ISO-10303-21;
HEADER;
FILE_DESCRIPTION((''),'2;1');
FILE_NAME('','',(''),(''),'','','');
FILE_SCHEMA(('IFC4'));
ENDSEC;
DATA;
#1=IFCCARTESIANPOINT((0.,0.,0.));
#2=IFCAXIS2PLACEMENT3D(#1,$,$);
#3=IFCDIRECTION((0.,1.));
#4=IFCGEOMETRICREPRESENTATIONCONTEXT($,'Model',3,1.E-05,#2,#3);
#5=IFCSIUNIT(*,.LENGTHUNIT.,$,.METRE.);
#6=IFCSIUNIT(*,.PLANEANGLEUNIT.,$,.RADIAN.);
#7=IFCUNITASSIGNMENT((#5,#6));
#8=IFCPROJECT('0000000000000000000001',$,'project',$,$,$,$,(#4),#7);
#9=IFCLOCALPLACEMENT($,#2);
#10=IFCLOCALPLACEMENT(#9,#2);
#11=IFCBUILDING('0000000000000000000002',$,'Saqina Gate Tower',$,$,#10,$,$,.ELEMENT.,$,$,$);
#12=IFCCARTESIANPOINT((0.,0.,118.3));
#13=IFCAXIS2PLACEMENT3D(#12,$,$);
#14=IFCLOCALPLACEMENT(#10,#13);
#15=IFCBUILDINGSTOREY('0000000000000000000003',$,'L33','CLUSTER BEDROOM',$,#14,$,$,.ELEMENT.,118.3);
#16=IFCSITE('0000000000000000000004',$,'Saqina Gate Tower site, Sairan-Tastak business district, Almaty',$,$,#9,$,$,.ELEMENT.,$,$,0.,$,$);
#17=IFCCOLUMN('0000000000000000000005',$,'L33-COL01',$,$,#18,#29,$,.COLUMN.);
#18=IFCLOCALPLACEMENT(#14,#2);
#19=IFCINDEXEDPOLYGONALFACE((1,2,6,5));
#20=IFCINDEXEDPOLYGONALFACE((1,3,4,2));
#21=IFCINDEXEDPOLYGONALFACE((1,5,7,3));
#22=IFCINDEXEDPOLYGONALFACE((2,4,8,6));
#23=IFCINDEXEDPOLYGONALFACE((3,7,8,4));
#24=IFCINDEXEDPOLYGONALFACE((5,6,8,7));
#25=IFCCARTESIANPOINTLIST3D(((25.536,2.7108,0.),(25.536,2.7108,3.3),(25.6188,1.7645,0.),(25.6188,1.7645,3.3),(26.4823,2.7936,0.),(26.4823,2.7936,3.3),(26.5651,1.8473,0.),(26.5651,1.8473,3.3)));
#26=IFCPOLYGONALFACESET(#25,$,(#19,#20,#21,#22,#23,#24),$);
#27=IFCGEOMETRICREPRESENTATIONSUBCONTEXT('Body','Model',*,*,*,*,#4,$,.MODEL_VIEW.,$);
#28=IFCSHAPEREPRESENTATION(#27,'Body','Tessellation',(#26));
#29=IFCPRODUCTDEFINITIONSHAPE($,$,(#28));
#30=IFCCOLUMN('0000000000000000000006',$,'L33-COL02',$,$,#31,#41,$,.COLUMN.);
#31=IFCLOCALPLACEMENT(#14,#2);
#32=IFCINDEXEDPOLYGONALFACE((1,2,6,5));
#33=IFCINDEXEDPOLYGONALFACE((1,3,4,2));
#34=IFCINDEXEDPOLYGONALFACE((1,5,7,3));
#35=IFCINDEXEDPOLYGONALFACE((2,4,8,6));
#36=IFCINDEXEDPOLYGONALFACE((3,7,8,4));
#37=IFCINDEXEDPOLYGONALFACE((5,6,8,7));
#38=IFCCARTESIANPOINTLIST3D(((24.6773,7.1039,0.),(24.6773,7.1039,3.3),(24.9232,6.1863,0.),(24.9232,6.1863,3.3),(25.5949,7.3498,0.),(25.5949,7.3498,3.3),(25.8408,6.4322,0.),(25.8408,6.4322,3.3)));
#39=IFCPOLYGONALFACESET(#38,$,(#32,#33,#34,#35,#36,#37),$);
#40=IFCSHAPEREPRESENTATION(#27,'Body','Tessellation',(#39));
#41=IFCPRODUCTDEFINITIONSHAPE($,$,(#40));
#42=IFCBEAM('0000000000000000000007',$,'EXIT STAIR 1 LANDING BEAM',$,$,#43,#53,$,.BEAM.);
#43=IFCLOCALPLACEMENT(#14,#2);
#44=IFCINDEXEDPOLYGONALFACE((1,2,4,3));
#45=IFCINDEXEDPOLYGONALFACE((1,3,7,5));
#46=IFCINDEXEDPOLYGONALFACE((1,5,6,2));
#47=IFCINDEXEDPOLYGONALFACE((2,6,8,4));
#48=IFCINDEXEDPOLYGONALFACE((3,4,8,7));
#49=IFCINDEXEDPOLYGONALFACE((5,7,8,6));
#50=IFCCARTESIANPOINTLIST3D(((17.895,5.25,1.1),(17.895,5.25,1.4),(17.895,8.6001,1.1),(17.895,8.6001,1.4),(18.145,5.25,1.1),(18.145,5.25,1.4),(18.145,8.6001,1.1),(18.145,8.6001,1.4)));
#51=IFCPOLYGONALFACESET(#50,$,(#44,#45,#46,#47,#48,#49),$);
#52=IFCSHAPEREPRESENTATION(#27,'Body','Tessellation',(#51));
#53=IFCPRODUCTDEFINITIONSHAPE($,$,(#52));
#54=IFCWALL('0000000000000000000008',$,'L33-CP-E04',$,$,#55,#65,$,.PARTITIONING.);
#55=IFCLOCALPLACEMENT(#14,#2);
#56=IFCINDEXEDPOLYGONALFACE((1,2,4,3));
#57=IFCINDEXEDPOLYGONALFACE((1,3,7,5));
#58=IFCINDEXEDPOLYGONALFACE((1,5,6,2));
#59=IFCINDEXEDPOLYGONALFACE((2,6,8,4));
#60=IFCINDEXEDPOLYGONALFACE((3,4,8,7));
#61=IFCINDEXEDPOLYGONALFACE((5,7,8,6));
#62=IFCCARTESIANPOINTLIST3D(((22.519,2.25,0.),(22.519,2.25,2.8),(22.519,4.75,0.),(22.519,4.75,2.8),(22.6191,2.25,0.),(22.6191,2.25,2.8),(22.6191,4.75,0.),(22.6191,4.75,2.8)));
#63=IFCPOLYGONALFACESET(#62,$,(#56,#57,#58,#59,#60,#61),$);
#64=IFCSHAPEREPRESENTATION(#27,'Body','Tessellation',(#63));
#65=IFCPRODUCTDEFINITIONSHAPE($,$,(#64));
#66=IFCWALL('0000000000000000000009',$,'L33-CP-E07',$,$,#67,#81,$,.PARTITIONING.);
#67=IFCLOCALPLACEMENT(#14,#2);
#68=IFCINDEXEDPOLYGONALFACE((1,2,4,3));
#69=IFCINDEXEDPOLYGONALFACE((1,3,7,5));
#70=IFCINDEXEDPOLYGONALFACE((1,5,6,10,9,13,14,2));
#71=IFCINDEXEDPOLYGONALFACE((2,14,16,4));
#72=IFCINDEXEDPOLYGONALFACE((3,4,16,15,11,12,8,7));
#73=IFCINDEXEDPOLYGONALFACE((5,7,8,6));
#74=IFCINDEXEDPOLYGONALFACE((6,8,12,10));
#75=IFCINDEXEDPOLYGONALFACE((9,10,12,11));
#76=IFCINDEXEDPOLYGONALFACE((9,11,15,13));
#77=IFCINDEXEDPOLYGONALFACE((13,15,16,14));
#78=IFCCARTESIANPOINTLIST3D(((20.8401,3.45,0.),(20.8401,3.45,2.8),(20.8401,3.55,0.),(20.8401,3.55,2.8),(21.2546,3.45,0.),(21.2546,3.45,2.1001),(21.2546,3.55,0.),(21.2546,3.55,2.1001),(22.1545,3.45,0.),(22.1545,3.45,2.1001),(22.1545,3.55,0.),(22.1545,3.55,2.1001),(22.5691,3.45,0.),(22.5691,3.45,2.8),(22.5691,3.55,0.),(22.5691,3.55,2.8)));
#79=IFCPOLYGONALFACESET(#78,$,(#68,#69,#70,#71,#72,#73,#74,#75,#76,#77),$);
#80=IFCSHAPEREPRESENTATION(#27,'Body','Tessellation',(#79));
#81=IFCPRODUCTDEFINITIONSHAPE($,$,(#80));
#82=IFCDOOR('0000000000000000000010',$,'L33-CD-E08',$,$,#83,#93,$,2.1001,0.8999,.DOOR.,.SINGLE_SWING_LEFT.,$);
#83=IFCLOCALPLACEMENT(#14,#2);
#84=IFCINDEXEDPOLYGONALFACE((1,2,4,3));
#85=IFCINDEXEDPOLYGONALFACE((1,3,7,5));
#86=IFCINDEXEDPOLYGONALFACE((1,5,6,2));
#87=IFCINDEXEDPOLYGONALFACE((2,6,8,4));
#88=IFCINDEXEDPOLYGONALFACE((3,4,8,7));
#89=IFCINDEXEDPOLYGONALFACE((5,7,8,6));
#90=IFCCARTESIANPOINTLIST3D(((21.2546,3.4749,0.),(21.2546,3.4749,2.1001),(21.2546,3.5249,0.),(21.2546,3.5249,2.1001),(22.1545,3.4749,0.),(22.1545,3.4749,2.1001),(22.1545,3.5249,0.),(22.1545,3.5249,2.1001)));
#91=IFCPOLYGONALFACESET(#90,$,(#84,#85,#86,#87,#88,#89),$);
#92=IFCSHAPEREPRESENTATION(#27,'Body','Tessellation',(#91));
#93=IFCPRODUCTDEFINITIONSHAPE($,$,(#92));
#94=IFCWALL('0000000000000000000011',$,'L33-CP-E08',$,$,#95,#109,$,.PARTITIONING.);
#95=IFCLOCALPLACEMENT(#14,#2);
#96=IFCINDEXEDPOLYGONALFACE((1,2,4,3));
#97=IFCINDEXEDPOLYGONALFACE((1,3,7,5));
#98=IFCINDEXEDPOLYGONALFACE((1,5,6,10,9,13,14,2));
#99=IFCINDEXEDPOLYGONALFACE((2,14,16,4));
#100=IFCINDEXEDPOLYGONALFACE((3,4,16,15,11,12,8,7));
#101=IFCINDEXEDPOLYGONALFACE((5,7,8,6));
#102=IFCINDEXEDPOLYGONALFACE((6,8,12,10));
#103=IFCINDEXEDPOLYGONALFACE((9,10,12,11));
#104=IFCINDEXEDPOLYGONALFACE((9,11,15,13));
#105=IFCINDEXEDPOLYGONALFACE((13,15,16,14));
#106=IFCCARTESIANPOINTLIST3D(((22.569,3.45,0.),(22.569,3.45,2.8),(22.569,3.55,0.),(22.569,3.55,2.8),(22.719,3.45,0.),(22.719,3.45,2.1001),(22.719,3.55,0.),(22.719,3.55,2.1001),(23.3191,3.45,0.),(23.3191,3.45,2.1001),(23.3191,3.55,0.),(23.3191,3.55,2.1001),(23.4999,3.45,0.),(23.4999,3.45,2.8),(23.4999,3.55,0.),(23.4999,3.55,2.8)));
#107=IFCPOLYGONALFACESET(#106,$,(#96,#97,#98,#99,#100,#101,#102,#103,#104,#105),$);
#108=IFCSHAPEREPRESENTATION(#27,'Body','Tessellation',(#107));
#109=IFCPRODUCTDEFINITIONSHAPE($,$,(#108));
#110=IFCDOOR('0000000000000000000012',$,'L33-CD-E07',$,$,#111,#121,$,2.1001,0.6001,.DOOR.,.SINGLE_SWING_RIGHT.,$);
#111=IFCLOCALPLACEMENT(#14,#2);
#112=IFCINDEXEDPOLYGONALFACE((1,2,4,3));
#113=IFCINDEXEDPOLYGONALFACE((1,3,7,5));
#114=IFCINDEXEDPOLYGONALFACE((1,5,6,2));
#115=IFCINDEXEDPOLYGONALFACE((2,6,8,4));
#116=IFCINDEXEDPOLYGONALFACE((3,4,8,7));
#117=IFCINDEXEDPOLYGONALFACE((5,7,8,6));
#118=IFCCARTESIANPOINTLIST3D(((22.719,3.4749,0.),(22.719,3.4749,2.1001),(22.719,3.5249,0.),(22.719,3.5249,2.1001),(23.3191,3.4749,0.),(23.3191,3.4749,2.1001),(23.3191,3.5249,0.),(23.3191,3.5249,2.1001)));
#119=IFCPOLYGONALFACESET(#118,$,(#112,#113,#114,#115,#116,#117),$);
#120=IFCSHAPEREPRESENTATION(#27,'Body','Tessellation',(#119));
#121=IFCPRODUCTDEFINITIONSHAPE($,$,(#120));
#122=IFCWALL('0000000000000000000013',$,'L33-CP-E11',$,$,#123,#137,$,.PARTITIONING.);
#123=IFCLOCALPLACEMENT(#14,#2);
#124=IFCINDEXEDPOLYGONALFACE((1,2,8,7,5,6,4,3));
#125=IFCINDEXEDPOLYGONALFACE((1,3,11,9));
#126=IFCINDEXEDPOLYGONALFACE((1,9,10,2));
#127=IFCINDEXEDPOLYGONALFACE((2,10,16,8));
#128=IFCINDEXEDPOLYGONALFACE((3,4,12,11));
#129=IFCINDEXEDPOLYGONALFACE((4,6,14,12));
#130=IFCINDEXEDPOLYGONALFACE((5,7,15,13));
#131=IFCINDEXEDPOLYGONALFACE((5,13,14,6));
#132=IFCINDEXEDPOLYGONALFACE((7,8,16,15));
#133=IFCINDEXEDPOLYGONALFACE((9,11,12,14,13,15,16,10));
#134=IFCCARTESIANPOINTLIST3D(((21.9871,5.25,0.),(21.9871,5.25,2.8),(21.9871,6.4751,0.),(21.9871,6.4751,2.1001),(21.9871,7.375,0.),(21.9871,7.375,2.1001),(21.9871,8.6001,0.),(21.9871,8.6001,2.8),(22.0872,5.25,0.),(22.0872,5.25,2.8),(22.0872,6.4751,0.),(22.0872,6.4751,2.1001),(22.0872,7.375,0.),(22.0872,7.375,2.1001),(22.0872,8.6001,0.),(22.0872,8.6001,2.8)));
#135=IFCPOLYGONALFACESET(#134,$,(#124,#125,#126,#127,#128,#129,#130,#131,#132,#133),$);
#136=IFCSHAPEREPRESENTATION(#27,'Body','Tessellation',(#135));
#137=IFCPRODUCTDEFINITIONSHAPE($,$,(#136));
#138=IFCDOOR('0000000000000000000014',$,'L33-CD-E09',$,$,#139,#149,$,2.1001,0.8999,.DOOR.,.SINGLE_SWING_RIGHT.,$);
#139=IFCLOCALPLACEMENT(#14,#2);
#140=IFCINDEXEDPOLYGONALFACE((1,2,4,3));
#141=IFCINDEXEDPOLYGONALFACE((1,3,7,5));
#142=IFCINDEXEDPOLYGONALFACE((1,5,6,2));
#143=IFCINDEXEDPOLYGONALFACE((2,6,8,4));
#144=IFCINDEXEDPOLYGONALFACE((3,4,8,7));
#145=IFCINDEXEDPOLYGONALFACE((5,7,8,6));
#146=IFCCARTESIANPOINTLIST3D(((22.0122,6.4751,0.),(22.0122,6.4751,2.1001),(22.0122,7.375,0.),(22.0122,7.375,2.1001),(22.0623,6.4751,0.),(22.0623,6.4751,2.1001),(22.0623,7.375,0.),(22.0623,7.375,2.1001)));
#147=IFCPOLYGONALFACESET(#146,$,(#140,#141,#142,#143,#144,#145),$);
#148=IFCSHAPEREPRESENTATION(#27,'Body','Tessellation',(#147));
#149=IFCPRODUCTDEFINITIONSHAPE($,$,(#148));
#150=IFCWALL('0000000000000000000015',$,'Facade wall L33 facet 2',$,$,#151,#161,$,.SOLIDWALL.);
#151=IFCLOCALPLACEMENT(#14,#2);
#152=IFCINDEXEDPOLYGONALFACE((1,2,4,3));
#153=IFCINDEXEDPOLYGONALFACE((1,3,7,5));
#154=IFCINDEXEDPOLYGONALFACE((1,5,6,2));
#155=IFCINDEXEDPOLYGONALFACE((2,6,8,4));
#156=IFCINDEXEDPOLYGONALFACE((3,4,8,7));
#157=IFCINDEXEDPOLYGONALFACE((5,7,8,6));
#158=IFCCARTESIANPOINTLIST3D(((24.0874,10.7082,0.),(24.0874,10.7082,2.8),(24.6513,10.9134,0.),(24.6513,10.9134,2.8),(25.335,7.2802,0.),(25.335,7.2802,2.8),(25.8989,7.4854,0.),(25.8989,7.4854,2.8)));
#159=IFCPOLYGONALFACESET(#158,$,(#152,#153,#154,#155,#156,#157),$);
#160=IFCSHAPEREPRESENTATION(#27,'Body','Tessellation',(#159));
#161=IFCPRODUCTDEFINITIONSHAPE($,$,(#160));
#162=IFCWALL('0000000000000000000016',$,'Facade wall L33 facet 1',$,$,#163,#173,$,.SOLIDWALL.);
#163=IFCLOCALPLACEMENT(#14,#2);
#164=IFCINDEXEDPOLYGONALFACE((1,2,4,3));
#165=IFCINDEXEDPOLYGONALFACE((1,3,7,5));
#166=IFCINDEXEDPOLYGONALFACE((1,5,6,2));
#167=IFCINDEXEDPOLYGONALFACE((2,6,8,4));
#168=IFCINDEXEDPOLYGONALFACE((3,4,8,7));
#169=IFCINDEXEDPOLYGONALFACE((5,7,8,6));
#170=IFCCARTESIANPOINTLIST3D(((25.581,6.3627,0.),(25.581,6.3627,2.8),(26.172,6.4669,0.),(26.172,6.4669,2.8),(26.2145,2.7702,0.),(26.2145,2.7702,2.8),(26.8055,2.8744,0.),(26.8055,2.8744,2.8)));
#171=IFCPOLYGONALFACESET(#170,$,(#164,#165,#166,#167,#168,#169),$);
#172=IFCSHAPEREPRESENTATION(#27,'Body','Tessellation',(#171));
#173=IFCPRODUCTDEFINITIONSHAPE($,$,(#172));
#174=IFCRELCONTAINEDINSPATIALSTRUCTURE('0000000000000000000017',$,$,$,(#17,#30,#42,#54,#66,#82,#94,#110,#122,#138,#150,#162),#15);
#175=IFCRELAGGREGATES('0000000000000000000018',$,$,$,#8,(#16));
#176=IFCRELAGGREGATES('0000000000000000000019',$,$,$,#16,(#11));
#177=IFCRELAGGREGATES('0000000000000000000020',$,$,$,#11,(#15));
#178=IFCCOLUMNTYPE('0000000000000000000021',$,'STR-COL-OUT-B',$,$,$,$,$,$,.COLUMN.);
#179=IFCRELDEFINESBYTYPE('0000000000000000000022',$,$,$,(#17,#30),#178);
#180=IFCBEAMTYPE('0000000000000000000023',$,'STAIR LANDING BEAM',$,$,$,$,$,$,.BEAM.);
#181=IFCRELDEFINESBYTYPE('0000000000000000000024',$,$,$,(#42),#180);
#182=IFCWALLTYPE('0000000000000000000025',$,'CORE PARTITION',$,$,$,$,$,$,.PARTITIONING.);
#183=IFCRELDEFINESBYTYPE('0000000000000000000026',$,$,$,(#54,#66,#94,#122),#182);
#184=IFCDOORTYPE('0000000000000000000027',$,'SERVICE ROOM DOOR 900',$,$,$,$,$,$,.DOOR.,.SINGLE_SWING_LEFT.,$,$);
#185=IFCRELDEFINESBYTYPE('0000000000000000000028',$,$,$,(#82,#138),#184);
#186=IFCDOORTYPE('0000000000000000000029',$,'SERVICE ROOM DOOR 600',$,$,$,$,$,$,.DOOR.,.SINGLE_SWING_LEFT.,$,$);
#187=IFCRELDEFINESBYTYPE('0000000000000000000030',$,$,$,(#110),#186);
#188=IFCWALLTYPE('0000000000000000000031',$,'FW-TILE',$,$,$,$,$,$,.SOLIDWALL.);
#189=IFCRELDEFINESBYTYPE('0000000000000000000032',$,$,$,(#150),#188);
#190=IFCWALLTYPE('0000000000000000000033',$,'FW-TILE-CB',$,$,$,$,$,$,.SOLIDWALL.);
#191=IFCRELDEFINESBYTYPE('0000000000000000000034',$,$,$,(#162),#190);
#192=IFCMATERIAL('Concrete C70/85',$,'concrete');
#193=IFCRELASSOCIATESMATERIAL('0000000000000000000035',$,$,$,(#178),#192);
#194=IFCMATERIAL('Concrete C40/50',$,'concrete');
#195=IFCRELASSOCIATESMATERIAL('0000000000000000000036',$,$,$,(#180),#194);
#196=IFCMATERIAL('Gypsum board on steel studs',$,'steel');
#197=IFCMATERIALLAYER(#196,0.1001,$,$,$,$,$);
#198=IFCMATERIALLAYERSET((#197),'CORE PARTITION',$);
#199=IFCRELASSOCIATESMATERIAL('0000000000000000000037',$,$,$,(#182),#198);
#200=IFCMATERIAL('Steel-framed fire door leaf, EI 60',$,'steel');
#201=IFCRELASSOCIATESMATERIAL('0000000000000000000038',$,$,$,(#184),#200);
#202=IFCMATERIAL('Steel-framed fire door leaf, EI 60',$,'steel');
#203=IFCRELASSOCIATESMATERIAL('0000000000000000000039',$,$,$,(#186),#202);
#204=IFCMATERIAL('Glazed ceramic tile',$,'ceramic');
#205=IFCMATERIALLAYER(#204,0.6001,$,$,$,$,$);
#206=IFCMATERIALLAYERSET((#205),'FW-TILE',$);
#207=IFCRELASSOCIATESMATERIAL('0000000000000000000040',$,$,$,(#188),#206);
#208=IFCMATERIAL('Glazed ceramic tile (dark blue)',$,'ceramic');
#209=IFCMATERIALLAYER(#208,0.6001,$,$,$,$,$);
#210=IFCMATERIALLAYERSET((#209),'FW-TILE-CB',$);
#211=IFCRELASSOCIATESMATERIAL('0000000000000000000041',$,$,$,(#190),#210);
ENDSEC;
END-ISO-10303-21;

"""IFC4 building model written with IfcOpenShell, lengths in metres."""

from ifc_helpers import new_model, si_unit, direction, frame, frame_2d, origin, origin_2d, place, context, subcontext, project, spatial, rectangle, extrude, material, layer, layer_set, material_profile, profile_set, type_object, element, fill, save


model = new_model("IFC4")

# Units and contexts
model_context = context("Model", 3, precision=1e-05, world=origin(), true_north=direction((0.0, 1.0)))
body_context = subcontext(model_context, "Body", "Model", "MODEL_VIEW")
ifc_project = project(units=[si_unit("LENGTHUNIT", "METRE"), si_unit("PLANEANGLEUNIT", "RADIAN")], contexts=[model_context])

# Site, building, storey
site_placement = place(None, origin())
site = spatial("IfcSite", under=ifc_project, at=site_placement, Name="Saqina Gate Tower site, Sairan-Tastak business district, Almaty", CompositionType="ELEMENT", RefElevation=0.0)
building_placement = place(site_placement, origin())
building = spatial("IfcBuilding", under=site, at=building_placement, Name="Saqina Gate Tower", CompositionType="ELEMENT")
storey_placement = place(building_placement, frame((0.0, 0.0, 118.3)))
storey = spatial("IfcBuildingStorey", under=building, at=storey_placement, Name="L33", Description="CLUSTER BEDROOM", CompositionType="ELEMENT", Elevation=118.3)

# Columns
ifc_material_1 = material(Name="Concrete C70/85", Category="concrete")
ifc_material_profile_1 = material_profile(ifc_material_1, rectangle(XDim=0.95, YDim=0.95, at=origin_2d()), Name="RC 950x950")
ifc_profile_set_1 = profile_set([ifc_material_profile_1], Name="Concrete C70/85")
column_type = type_object("IfcColumnType", Name="STR-COL-OUT-B", PredefinedType="COLUMN", material=ifc_profile_set_1)
for number, where, z_axis, x_axis, name in (
    (1, (26.0505, 2.2791, 0.0), (0.0, 0.0, 1.0), (0.996195, 0.087156, 0.0), "L33-COL01"),
    (2, (25.259, 6.7681, 0.0), (0.0, 0.0, 1.0), (0.965926, 0.258819, 0.0), "L33-COL02"),
):
    element("IfcColumn", number, at=place(storey_placement, frame(where, z_axis=z_axis, x_axis=x_axis)), inside=storey, type_object=column_type, Name=name, PredefinedType="COLUMN", context=body_context, shape_type="SweptSolid", body=[
        extrude(rectangle(XDim=0.95, YDim=0.95, at=origin_2d()), origin(), (0.0, 0.0, 1.0), 3.3),
    ])

# Beam
ifc_material_2 = material(Name="Concrete C40/50", Category="concrete")
ifc_material_profile_2 = material_profile(ifc_material_2, rectangle(XDim=0.25, YDim=0.3, at=origin_2d()), Name="STAIR LANDING BEAM")
ifc_profile_set_2 = profile_set([ifc_material_profile_2], Name="Concrete C40/50")
beam_type = type_object("IfcBeamType", Name="STAIR LANDING BEAM", PredefinedType="BEAM", material=ifc_profile_set_2)
beam_placement = place(storey_placement, frame((18.02, 5.25, 1.25), z_axis=(0.0, 1.0, 0.0), x_axis=(-1.0, 0.0, 0.0)))
element("IfcBeam", 3, at=beam_placement, inside=storey, type_object=beam_type, Name="EXIT STAIR 1 LANDING BEAM", PredefinedType="BEAM", context=body_context, shape_type="SweptSolid", body=[
    extrude(rectangle(XDim=0.25, YDim=0.3, at=origin_2d()), origin(), (0.0, 0.0, 1.0), 3.3501),
])

# Wall
ifc_material_3 = material(Name="Gypsum board on steel studs", Category="steel")
ifc_layer_1 = layer(ifc_material_3, 0.1001)
ifc_layer_set_1 = layer_set([ifc_layer_1], Name="CORE PARTITION")
wall_type_1 = type_object("IfcWallType", Name="CORE PARTITION", PredefinedType="PARTITIONING", material=ifc_layer_set_1)
wall_1_placement = place(storey_placement, frame((22.5691, 2.25, 0.0), z_axis=(0.0, 0.0, 1.0), x_axis=(0.0, 1.0, 0.0)))
element("IfcWall", 4, at=wall_1_placement, inside=storey, type_object=wall_type_1, Name="L33-CP-E04", PredefinedType="PARTITIONING", context=body_context, shape_type="SweptSolid", body=[
    extrude(rectangle(XDim=2.5, YDim=0.1001, at=frame_2d((1.25, 0.0))), origin(), (0.0, 0.0, 1.0), 2.8),
])

# Walls, openings, doors
wall_2_placement = place(storey_placement, frame((20.8401, 3.5, 0.0), z_axis=(0.0, 0.0, 1.0), x_axis=(1.0, 0.0, 0.0)))
wall_2 = element("IfcWall", 5, at=wall_2_placement, inside=storey, type_object=wall_type_1, Name="L33-CP-E07", PredefinedType="PARTITIONING", context=body_context, shape_type="SweptSolid", body=[
    extrude(rectangle(XDim=1.729, YDim=0.1001, at=frame_2d((0.8645, 0.0))), origin(), (0.0, 0.0, 1.0), 2.8),
])
opening_1_placement = place(wall_2_placement, frame((0.4146, 0.0, 0.0)))
opening_1 = element("IfcOpeningElement", 6, at=opening_1_placement, cuts=wall_2, PredefinedType="OPENING", context=body_context, shape_type="SweptSolid", body=[
    extrude(rectangle(XDim=0.8999, YDim=2.1001, at=frame_2d((0.45, 1.05))), frame((0.0, 0.062, 0.0), z_axis=(0.0, -1.0, 0.0), x_axis=(1.0, 0.0, 0.0)), (0.0, 0.0, 1.0), 0.124),
])
ifc_material_4 = material(Name="Steel-framed fire door leaf, EI 60", Category="steel")
door_type_1 = type_object("IfcDoorType", Name="SERVICE ROOM DOOR 900", OperationType="SINGLE_SWING_LEFT", PredefinedType="DOOR", material=ifc_material_4)
door_1_placement = place(opening_1_placement, origin())
door_1 = element("IfcDoor", 7, at=door_1_placement, inside=storey, type_object=door_type_1, Name="L33-CD-E08", OperationType="SINGLE_SWING_LEFT", OverallHeight=2.1001, OverallWidth=0.8999, PredefinedType="DOOR", context=body_context, shape_type="SweptSolid", body=[
    extrude(rectangle(XDim=0.8999, YDim=2.1001, at=frame_2d((0.45, 1.05))), frame((0.0, 0.0249, 0.0), z_axis=(0.0, -1.0, 0.0), x_axis=(1.0, 0.0, 0.0)), (0.0, 0.0, 1.0), 0.05),
])
fill(opening_1, door_1)
wall_3_placement = place(storey_placement, frame((22.5691, 3.5, 0.0), z_axis=(0.0, 0.0, 1.0), x_axis=(1.0, 0.0, 0.0)))
wall_3 = element("IfcWall", 8, at=wall_3_placement, inside=storey, type_object=wall_type_1, Name="L33-CP-E08", PredefinedType="PARTITIONING", context=body_context, shape_type="SweptSolid", body=[
    extrude(rectangle(XDim=0.9309, YDim=0.1001, at=frame_2d((0.4653, 0.0))), origin(), (0.0, 0.0, 1.0), 2.8),
])
opening_2_placement = place(wall_3_placement, frame((0.1499, 0.0, 0.0)))
opening_2 = element("IfcOpeningElement", 9, at=opening_2_placement, cuts=wall_3, PredefinedType="OPENING", context=body_context, shape_type="SweptSolid", body=[
    extrude(rectangle(XDim=0.6001, YDim=2.1001, at=frame_2d((0.3, 1.05))), frame((0.0, 0.062, 0.0), z_axis=(0.0, -1.0, 0.0), x_axis=(1.0, 0.0, 0.0)), (0.0, 0.0, 1.0), 0.124),
])
ifc_material_5 = material(Name="Steel-framed fire door leaf, EI 60", Category="steel")
door_type_2 = type_object("IfcDoorType", Name="SERVICE ROOM DOOR 600", OperationType="SINGLE_SWING_LEFT", PredefinedType="DOOR", material=ifc_material_5)
door_2_placement = place(opening_2_placement, origin())
door_2 = element("IfcDoor", 10, at=door_2_placement, inside=storey, type_object=door_type_2, Name="L33-CD-E07", OperationType="SINGLE_SWING_RIGHT", OverallHeight=2.1001, OverallWidth=0.6001, PredefinedType="DOOR", context=body_context, shape_type="SweptSolid", body=[
    extrude(rectangle(XDim=0.6001, YDim=2.1001, at=frame_2d((0.3, 1.05))), frame((0.0, 0.0249, 0.0), z_axis=(0.0, -1.0, 0.0), x_axis=(1.0, 0.0, 0.0)), (0.0, 0.0, 1.0), 0.05),
])
fill(opening_2, door_2)
wall_4_placement = place(storey_placement, frame((22.0371, 5.25, 0.0), z_axis=(0.0, 0.0, 1.0), x_axis=(0.0, 1.0, 0.0)))
wall_4 = element("IfcWall", 11, at=wall_4_placement, inside=storey, type_object=wall_type_1, Name="L33-CP-E11", PredefinedType="PARTITIONING", context=body_context, shape_type="SweptSolid", body=[
    extrude(rectangle(XDim=3.3501, YDim=0.1001, at=frame_2d((1.675, 0.0))), origin(), (0.0, 0.0, 1.0), 2.8),
])
opening_3_placement = place(wall_4_placement, frame((1.2251, 0.0, 0.0)))
opening_3 = element("IfcOpeningElement", 12, at=opening_3_placement, cuts=wall_4, PredefinedType="OPENING", context=body_context, shape_type="SweptSolid", body=[
    extrude(rectangle(XDim=0.8999, YDim=2.1001, at=frame_2d((0.45, 1.05))), frame((0.0, 0.062, 0.0), z_axis=(0.0, -1.0, 0.0), x_axis=(1.0, 0.0, 0.0)), (0.0, 0.0, 1.0), 0.124),
])
door_3_placement = place(opening_3_placement, origin())
door_3 = element("IfcDoor", 13, at=door_3_placement, inside=storey, type_object=door_type_1, Name="L33-CD-E09", OperationType="SINGLE_SWING_RIGHT", OverallHeight=2.1001, OverallWidth=0.8999, PredefinedType="DOOR", context=body_context, shape_type="SweptSolid", body=[
    extrude(rectangle(XDim=0.8999, YDim=2.1001, at=frame_2d((0.45, 1.05))), frame((0.0, 0.0249, 0.0), z_axis=(0.0, -1.0, 0.0), x_axis=(1.0, 0.0, 0.0)), (0.0, 0.0, 1.0), 0.05),
])
fill(opening_3, door_3)

# Walls
ifc_material_6 = material(Name="Glazed ceramic tile", Category="ceramic")
ifc_layer_2 = layer(ifc_material_6, 0.6001)
ifc_layer_set_2 = layer_set([ifc_layer_2], Name="FW-TILE")
wall_type_2 = type_object("IfcWallType", Name="FW-TILE", PredefinedType="SOLIDWALL", material=ifc_layer_set_2)
wall_5_placement = place(storey_placement, frame((25.6169, 7.3828, 0.0), z_axis=(0.0, 0.0, 1.0), x_axis=(-0.34199, 0.939704, 0.0)))
element("IfcWall", 14, at=wall_5_placement, inside=storey, type_object=wall_type_2, Name="Facade wall L33 facet 2", PredefinedType="SOLIDWALL", context=body_context, shape_type="SweptSolid", body=[
    extrude(rectangle(XDim=3.6479, YDim=0.6001, at=frame_2d((1.824, 0.0))), origin(), (0.0, 0.0, 1.0), 2.8),
])
ifc_material_7 = material(Name="Glazed ceramic tile (dark blue)", Category="ceramic")
ifc_layer_3 = layer(ifc_material_7, 0.6001)
ifc_layer_set_3 = layer_set([ifc_layer_3], Name="FW-TILE-CB")
wall_type_3 = type_object("IfcWallType", Name="FW-TILE-CB", PredefinedType="SOLIDWALL", material=ifc_layer_set_3)
wall_6_placement = place(storey_placement, frame((26.51, 2.8223, 0.0), z_axis=(0.0, 0.0, 1.0), x_axis=(-0.173671, 0.984804, 0.0)))
element("IfcWall", 15, at=wall_6_placement, inside=storey, type_object=wall_type_3, Name="Facade wall L33 facet 1", PredefinedType="SOLIDWALL", context=body_context, shape_type="SweptSolid", body=[
    extrude(rectangle(XDim=3.6479, YDim=0.6001, at=frame_2d((1.824, 0.0))), origin(), (0.0, 0.0, 1.0), 2.8),
])

save(model, "model.ifc")
